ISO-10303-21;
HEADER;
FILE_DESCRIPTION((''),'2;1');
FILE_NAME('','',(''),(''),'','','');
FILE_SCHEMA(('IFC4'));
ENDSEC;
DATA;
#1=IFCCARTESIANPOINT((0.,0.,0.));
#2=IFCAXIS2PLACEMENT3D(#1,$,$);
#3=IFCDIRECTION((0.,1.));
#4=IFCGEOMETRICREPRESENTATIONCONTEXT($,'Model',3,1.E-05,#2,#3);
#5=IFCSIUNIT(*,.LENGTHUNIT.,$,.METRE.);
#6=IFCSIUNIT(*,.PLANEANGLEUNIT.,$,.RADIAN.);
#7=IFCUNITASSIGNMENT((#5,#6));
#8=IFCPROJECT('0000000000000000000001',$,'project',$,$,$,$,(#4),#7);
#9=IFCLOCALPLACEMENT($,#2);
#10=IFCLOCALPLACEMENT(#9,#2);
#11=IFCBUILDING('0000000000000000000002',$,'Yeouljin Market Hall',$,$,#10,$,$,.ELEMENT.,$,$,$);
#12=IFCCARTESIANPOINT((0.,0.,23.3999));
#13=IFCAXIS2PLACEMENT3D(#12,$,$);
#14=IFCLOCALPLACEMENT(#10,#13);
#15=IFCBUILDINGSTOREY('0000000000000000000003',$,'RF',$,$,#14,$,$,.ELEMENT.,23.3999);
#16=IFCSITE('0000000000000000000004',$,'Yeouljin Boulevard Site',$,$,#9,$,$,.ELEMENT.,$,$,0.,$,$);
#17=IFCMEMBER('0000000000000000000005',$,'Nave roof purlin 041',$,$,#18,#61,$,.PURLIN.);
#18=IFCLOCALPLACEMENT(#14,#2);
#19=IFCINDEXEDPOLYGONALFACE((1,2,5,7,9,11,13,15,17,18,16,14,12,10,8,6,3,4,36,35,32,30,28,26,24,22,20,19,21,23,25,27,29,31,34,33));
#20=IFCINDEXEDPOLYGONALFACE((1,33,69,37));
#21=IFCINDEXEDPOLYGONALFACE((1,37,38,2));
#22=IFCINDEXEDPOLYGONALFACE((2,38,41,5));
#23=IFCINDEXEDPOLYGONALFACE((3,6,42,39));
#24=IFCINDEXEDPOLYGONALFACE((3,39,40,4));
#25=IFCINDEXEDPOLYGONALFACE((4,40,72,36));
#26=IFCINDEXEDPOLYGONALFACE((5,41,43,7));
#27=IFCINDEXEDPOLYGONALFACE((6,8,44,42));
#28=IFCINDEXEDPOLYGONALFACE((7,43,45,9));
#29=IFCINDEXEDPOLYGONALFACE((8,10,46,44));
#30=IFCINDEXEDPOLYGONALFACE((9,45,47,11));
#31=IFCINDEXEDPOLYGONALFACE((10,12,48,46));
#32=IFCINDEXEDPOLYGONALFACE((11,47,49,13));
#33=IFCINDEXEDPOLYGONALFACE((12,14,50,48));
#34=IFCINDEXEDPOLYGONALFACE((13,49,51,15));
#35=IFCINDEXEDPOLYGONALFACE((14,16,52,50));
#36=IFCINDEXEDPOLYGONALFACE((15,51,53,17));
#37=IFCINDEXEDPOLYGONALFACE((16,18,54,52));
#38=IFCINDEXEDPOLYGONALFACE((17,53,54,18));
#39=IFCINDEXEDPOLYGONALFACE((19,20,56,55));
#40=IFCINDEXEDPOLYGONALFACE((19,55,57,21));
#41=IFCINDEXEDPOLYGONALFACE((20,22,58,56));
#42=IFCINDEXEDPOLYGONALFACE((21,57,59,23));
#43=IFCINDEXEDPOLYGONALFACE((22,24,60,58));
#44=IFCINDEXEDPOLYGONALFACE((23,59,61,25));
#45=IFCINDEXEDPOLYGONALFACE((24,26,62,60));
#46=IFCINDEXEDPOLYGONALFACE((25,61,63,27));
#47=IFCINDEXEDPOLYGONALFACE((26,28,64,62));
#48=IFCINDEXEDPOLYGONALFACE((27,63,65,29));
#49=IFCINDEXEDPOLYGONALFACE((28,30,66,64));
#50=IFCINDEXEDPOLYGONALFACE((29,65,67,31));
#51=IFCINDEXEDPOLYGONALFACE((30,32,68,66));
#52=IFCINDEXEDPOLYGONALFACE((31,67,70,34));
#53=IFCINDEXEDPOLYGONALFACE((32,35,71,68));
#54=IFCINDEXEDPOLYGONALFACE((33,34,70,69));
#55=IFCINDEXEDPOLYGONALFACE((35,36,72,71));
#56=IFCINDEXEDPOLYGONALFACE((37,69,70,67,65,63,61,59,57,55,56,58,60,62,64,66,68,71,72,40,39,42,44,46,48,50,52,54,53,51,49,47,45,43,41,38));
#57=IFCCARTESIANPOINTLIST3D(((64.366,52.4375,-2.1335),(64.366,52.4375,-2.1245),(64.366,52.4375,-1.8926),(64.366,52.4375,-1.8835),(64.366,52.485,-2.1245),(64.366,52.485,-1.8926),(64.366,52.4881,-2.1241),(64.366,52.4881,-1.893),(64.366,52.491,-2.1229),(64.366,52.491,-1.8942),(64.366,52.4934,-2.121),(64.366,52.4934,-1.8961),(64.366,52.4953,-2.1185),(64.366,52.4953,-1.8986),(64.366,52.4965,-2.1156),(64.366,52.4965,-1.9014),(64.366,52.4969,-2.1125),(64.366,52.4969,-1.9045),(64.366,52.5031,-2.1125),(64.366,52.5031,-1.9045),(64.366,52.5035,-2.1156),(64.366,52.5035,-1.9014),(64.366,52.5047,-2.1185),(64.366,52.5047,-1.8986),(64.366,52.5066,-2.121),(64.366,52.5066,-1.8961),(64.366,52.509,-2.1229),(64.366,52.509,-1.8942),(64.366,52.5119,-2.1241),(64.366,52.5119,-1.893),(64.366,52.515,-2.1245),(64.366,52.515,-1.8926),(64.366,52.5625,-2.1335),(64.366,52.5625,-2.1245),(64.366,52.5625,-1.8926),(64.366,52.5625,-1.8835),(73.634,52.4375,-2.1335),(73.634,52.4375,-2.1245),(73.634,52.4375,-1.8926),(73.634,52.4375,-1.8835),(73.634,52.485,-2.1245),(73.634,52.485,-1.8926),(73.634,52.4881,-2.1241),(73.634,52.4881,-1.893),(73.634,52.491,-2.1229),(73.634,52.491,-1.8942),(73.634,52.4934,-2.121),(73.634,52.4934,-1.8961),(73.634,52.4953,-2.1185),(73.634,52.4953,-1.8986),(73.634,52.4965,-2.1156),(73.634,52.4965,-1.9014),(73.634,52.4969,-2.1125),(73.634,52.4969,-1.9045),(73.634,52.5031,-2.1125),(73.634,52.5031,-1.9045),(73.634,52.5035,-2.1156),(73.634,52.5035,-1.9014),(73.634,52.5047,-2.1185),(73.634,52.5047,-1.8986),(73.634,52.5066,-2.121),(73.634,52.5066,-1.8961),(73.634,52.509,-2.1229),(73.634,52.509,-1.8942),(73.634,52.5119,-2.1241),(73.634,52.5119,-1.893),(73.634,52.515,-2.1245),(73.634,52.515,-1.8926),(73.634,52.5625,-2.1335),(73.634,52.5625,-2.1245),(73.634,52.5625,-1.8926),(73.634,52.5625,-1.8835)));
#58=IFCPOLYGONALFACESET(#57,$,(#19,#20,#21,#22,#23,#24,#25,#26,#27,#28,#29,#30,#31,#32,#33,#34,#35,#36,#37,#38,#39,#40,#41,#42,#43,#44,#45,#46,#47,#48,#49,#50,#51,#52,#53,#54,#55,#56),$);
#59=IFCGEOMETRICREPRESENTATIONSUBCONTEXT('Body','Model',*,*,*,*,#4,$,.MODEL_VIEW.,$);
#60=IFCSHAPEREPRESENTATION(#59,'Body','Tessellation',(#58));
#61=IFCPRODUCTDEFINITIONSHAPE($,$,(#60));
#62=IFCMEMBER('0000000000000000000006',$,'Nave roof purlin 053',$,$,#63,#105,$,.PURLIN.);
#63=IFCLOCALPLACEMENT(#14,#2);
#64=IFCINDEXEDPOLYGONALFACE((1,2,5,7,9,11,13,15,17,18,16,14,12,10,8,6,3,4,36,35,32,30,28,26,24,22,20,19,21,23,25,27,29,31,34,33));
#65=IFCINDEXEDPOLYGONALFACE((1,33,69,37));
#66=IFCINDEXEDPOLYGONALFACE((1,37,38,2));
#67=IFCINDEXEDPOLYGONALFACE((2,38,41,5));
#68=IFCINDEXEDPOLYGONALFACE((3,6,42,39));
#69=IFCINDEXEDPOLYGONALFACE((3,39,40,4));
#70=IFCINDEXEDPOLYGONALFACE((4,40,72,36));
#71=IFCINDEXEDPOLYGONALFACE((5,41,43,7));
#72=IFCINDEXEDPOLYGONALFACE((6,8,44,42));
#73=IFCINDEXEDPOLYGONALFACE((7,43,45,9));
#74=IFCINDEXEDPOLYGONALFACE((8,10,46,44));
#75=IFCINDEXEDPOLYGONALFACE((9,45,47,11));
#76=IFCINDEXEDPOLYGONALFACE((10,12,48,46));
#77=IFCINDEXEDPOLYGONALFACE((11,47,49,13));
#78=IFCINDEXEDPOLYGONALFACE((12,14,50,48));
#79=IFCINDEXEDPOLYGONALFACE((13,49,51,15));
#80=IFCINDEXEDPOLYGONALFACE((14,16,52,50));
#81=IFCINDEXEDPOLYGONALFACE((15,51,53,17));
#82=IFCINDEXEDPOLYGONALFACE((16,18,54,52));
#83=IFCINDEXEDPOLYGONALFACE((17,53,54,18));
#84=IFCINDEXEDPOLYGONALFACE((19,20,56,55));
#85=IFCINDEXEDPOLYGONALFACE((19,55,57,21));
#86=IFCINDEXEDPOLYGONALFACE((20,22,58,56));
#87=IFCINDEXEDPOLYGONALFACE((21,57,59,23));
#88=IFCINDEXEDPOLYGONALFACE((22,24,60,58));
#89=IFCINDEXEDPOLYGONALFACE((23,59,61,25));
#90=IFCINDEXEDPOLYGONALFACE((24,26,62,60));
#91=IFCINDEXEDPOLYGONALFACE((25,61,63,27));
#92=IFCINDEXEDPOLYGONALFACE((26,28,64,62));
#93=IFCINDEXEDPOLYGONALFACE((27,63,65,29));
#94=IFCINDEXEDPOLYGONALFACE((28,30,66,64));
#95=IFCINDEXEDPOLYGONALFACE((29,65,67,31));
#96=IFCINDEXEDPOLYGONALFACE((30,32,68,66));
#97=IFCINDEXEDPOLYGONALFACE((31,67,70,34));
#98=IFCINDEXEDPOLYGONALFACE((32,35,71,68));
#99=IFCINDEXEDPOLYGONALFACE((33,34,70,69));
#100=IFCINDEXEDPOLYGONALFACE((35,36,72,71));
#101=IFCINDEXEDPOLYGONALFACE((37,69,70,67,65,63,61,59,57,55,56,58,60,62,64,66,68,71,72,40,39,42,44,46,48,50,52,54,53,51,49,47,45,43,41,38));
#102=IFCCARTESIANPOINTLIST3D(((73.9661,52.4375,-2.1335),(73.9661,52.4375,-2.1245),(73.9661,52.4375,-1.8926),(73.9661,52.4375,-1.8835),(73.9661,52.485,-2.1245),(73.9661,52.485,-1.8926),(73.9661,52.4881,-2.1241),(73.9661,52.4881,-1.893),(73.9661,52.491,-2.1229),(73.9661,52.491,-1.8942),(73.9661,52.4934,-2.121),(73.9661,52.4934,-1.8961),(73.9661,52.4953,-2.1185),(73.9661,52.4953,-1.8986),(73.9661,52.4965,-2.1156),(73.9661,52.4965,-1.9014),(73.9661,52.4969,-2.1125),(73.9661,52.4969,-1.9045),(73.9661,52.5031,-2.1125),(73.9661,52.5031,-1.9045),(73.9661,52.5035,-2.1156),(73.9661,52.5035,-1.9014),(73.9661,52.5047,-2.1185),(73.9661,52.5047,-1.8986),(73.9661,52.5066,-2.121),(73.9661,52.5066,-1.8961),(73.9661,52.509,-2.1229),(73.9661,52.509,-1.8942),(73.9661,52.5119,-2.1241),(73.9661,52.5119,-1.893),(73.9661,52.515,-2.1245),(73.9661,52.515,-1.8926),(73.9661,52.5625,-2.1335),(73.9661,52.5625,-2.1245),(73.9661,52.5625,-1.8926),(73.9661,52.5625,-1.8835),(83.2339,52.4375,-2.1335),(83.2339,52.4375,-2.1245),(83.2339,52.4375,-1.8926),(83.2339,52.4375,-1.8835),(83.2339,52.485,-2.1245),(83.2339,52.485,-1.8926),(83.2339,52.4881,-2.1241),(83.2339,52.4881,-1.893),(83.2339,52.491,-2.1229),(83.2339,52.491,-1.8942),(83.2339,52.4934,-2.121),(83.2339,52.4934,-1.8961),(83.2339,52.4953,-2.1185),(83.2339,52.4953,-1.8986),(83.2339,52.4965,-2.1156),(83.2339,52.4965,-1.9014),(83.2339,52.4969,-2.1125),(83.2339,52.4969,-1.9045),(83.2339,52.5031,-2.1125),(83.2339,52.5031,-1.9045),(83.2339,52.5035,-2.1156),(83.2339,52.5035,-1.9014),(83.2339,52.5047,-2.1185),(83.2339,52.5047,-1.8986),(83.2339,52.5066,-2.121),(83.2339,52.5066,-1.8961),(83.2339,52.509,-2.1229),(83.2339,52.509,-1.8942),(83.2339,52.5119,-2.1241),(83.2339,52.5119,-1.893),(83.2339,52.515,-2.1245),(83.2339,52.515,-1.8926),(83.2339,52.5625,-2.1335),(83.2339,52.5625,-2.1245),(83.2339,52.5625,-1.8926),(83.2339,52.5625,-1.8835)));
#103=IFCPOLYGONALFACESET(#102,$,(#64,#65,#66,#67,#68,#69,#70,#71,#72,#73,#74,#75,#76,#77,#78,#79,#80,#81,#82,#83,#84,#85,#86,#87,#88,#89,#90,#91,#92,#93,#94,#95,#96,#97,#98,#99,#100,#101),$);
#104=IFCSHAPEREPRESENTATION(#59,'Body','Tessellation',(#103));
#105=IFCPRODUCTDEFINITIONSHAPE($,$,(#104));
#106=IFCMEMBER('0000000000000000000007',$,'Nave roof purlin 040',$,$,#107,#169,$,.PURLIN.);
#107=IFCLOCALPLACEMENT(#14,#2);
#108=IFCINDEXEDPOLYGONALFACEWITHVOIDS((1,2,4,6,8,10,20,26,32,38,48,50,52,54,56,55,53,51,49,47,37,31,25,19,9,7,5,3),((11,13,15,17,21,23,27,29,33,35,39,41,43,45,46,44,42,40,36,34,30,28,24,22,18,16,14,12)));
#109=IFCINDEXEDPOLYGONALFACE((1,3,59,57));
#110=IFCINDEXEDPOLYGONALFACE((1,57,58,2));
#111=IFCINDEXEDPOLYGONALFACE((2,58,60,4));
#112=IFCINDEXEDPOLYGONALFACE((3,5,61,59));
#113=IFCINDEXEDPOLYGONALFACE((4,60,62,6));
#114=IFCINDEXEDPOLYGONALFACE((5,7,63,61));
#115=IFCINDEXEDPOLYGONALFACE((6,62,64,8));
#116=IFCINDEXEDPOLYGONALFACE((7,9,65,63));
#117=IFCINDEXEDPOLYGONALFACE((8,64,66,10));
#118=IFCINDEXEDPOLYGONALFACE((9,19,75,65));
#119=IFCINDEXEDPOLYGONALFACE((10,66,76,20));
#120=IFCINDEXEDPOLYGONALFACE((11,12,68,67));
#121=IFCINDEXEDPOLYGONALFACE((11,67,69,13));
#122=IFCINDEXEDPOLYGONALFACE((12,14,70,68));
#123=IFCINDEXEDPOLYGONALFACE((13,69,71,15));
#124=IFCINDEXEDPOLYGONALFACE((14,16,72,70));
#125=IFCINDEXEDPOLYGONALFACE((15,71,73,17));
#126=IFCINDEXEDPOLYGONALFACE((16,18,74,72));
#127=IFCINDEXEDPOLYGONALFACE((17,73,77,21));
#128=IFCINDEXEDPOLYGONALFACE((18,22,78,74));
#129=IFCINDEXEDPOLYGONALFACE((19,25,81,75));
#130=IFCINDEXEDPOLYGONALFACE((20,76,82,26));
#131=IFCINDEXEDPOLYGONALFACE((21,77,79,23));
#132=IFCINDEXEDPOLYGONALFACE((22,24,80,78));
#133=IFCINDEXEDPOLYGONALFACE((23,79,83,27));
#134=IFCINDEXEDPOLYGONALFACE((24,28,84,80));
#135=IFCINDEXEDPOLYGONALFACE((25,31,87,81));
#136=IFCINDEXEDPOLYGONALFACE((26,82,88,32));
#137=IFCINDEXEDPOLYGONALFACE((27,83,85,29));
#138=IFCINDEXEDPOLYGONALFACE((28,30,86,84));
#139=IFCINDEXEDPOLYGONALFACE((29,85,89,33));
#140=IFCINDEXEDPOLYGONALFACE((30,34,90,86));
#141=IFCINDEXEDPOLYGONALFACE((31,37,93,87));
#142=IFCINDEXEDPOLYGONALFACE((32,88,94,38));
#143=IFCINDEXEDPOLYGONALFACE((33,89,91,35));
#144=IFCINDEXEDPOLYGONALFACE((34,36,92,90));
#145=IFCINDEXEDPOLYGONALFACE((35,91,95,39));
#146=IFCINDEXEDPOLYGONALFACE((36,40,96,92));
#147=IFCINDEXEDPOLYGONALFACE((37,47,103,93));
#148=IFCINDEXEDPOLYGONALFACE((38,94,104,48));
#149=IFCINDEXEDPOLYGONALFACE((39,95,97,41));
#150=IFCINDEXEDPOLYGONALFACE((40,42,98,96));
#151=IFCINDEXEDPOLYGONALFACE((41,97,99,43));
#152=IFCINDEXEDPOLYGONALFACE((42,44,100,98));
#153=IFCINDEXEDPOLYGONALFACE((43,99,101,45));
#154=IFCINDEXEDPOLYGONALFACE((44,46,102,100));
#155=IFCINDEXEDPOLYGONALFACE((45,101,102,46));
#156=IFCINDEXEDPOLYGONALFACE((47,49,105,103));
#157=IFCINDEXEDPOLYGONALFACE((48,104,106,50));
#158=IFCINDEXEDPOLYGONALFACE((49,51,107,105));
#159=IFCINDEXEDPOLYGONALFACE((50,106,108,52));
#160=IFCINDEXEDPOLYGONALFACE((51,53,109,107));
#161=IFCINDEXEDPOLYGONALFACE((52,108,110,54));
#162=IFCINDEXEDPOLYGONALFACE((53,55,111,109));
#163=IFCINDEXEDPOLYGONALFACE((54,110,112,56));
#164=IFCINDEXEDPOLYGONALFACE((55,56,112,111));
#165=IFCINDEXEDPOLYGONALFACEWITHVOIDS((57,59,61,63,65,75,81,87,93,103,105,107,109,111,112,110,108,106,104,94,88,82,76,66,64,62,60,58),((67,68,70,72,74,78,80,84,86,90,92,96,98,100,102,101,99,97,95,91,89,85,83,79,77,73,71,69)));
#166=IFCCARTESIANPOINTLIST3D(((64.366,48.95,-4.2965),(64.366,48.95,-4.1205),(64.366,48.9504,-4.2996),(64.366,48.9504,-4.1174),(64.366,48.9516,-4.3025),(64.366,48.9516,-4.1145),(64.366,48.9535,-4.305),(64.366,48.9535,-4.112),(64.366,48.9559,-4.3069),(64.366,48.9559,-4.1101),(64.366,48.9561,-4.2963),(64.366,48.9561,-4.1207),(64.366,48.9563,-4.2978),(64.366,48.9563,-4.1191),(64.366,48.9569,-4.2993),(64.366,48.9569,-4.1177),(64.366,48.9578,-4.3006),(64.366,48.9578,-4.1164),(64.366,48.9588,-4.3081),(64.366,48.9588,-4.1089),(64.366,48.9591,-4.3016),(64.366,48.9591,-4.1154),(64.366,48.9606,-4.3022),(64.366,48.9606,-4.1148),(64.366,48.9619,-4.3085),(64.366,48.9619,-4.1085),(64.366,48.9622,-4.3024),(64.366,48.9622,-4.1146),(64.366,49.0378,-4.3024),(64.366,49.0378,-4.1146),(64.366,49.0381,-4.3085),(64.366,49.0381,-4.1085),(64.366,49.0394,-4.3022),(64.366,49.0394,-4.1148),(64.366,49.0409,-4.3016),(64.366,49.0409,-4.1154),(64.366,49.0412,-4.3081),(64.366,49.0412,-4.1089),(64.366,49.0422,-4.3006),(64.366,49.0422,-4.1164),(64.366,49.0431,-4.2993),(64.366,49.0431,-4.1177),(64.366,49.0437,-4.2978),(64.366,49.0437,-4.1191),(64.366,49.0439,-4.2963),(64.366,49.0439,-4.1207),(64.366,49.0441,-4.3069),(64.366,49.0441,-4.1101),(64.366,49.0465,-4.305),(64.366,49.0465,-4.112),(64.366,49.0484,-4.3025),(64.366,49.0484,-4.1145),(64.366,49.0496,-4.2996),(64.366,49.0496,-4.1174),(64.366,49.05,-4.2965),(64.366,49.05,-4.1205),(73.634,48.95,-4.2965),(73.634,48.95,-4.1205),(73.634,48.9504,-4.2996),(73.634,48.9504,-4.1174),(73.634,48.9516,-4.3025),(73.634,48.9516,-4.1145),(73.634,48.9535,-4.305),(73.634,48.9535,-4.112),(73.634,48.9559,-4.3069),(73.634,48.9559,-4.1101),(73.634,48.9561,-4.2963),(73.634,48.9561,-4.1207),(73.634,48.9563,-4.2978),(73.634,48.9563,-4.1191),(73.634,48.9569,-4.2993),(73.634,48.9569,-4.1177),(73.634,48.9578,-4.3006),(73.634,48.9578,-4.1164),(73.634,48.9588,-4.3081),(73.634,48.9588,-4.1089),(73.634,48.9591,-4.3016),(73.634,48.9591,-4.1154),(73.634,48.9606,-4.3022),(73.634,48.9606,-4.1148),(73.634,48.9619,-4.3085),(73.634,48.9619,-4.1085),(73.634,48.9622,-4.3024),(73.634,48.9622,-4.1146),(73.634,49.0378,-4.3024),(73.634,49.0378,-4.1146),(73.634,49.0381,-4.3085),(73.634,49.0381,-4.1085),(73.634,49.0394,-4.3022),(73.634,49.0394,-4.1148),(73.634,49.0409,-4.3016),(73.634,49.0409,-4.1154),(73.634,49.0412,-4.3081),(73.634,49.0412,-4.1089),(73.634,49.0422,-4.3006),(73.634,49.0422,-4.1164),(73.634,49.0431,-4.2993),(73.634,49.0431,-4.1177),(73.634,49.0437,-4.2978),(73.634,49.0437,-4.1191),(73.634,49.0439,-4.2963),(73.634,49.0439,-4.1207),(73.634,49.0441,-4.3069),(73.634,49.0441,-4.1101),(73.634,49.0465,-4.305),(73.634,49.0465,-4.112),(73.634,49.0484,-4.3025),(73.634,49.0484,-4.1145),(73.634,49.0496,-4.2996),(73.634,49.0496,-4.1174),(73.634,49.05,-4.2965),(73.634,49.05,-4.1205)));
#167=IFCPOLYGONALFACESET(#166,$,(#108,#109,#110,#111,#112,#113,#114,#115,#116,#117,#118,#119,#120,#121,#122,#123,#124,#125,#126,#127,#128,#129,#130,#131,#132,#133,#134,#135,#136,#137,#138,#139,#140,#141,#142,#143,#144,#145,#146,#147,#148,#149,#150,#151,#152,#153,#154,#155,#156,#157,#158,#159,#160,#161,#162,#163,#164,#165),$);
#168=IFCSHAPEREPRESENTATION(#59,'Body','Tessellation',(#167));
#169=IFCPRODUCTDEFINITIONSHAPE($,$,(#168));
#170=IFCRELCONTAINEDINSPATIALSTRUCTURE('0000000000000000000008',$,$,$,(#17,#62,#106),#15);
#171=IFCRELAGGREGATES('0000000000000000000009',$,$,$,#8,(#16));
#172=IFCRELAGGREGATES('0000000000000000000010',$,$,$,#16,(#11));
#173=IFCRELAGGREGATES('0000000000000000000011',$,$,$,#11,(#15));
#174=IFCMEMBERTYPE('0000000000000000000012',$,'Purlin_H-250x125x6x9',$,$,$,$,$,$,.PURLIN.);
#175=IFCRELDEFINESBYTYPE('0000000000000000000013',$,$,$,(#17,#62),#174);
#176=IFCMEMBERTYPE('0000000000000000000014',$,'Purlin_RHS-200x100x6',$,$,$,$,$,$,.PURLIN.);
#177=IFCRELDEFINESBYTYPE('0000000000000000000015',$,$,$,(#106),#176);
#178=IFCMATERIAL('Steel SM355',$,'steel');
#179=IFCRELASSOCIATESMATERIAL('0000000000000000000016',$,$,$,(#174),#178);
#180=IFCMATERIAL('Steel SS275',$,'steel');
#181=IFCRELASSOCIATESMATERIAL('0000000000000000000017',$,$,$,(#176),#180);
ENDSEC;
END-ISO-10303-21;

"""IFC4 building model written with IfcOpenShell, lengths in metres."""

from ifc_helpers import new_model, si_unit, direction, frame, origin, origin_2d, place, context, subcontext, project, spatial, hollow_rectangle, i_section, extrude, material, material_profile, profile_set, type_object, element, save


model = new_model("IFC4")

# Units and contexts
model_context = context("Model", 3, precision=1e-05, world=origin(), true_north=direction((0.0, 1.0)))
body_context = subcontext(model_context, "Body", "Model", "MODEL_VIEW")
ifc_project = project(units=[si_unit("LENGTHUNIT", "METRE"), si_unit("PLANEANGLEUNIT", "RADIAN")], contexts=[model_context])

# Site, building, storey
site_placement = place(None, origin())
site = spatial("IfcSite", under=ifc_project, at=site_placement, Name="Yeouljin Boulevard Site", CompositionType="ELEMENT", RefElevation=0.0)
building_placement = place(site_placement, origin())
building = spatial("IfcBuilding", under=site, at=building_placement, Name="Yeouljin Market Hall", CompositionType="ELEMENT")
storey_placement = place(building_placement, frame((0.0, 0.0, 23.3999)))
storey = spatial("IfcBuildingStorey", under=building, at=storey_placement, Name="RF", CompositionType="ELEMENT", Elevation=23.3999)

# Members
ifc_material_1 = material(Name="Steel SM355", Category="steel")
ifc_material_profile_1 = material_profile(ifc_material_1, i_section(OverallWidth=0.125, OverallDepth=0.25, WebThickness=0.0061, FlangeThickness=0.009, FilletRadius=0.012, at=origin_2d()), Name="H-250x125x6x9")
ifc_profile_set_1 = profile_set([ifc_material_profile_1], Name="Steel SM355")
member_type_1 = type_object("IfcMemberType", Name="Purlin_H-250x125x6x9", PredefinedType="PURLIN", material=ifc_profile_set_1)
member_1_placement = place(storey_placement, frame((64.366, 52.5, -2.0085), z_axis=(1.0, 0.0, 0.0), x_axis=(0.0, 1.0, 0.0)))
element("IfcMember", 1, at=member_1_placement, inside=storey, type_object=member_type_1, Name="Nave roof purlin 041", PredefinedType="PURLIN", context=body_context, shape_type="SweptSolid", body=[
    extrude(i_section(OverallWidth=0.125, OverallDepth=0.25, WebThickness=0.0061, FlangeThickness=0.009, FilletRadius=0.012, at=origin_2d()), origin(), (0.0, 0.0, 1.0), 9.2681),
])
member_2_placement = place(storey_placement, frame((73.9661, 52.5, -2.0085), z_axis=(1.0, 0.0, 0.0), x_axis=(0.0, 1.0, 0.0)))
element("IfcMember", 2, at=member_2_placement, inside=storey, type_object=member_type_1, Name="Nave roof purlin 053", PredefinedType="PURLIN", context=body_context, shape_type="SweptSolid", body=[
    extrude(i_section(OverallWidth=0.125, OverallDepth=0.25, WebThickness=0.0061, FlangeThickness=0.009, FilletRadius=0.012, at=origin_2d()), origin(), (0.0, 0.0, 1.0), 9.2678),
])
ifc_material_2 = material(Name="Steel SS275", Category="steel")
ifc_material_profile_2 = material_profile(ifc_material_2, hollow_rectangle(XDim=0.1001, YDim=0.2, WallThickness=0.0061, InnerFilletRadius=0.0061, OuterFilletRadius=0.012, at=origin_2d()), Name="RHS-200x100x6")
ifc_profile_set_2 = profile_set([ifc_material_profile_2], Name="Steel SS275")
member_type_2 = type_object("IfcMemberType", Name="Purlin_RHS-200x100x6", PredefinedType="PURLIN", material=ifc_profile_set_2)
for number, where, z_axis, x_axis, name in (
    (3, (64.366, 49.0, -4.2085), (1.0, 0.0, 0.0), (0.0, 1.0, 0.0), "Nave roof purlin 040"),
):
    element("IfcMember", number, at=place(storey_placement, frame(where, z_axis=z_axis, x_axis=x_axis)), inside=storey, type_object=member_type_2, Name=name, PredefinedType="PURLIN", context=body_context, shape_type="SweptSolid", body=[
        extrude(hollow_rectangle(XDim=0.1001, YDim=0.2, WallThickness=0.0061, InnerFilletRadius=0.0061, OuterFilletRadius=0.012, at=origin_2d()), origin(), (0.0, 0.0, 1.0), 9.2681),
    ])

save(model, "model.ifc")
